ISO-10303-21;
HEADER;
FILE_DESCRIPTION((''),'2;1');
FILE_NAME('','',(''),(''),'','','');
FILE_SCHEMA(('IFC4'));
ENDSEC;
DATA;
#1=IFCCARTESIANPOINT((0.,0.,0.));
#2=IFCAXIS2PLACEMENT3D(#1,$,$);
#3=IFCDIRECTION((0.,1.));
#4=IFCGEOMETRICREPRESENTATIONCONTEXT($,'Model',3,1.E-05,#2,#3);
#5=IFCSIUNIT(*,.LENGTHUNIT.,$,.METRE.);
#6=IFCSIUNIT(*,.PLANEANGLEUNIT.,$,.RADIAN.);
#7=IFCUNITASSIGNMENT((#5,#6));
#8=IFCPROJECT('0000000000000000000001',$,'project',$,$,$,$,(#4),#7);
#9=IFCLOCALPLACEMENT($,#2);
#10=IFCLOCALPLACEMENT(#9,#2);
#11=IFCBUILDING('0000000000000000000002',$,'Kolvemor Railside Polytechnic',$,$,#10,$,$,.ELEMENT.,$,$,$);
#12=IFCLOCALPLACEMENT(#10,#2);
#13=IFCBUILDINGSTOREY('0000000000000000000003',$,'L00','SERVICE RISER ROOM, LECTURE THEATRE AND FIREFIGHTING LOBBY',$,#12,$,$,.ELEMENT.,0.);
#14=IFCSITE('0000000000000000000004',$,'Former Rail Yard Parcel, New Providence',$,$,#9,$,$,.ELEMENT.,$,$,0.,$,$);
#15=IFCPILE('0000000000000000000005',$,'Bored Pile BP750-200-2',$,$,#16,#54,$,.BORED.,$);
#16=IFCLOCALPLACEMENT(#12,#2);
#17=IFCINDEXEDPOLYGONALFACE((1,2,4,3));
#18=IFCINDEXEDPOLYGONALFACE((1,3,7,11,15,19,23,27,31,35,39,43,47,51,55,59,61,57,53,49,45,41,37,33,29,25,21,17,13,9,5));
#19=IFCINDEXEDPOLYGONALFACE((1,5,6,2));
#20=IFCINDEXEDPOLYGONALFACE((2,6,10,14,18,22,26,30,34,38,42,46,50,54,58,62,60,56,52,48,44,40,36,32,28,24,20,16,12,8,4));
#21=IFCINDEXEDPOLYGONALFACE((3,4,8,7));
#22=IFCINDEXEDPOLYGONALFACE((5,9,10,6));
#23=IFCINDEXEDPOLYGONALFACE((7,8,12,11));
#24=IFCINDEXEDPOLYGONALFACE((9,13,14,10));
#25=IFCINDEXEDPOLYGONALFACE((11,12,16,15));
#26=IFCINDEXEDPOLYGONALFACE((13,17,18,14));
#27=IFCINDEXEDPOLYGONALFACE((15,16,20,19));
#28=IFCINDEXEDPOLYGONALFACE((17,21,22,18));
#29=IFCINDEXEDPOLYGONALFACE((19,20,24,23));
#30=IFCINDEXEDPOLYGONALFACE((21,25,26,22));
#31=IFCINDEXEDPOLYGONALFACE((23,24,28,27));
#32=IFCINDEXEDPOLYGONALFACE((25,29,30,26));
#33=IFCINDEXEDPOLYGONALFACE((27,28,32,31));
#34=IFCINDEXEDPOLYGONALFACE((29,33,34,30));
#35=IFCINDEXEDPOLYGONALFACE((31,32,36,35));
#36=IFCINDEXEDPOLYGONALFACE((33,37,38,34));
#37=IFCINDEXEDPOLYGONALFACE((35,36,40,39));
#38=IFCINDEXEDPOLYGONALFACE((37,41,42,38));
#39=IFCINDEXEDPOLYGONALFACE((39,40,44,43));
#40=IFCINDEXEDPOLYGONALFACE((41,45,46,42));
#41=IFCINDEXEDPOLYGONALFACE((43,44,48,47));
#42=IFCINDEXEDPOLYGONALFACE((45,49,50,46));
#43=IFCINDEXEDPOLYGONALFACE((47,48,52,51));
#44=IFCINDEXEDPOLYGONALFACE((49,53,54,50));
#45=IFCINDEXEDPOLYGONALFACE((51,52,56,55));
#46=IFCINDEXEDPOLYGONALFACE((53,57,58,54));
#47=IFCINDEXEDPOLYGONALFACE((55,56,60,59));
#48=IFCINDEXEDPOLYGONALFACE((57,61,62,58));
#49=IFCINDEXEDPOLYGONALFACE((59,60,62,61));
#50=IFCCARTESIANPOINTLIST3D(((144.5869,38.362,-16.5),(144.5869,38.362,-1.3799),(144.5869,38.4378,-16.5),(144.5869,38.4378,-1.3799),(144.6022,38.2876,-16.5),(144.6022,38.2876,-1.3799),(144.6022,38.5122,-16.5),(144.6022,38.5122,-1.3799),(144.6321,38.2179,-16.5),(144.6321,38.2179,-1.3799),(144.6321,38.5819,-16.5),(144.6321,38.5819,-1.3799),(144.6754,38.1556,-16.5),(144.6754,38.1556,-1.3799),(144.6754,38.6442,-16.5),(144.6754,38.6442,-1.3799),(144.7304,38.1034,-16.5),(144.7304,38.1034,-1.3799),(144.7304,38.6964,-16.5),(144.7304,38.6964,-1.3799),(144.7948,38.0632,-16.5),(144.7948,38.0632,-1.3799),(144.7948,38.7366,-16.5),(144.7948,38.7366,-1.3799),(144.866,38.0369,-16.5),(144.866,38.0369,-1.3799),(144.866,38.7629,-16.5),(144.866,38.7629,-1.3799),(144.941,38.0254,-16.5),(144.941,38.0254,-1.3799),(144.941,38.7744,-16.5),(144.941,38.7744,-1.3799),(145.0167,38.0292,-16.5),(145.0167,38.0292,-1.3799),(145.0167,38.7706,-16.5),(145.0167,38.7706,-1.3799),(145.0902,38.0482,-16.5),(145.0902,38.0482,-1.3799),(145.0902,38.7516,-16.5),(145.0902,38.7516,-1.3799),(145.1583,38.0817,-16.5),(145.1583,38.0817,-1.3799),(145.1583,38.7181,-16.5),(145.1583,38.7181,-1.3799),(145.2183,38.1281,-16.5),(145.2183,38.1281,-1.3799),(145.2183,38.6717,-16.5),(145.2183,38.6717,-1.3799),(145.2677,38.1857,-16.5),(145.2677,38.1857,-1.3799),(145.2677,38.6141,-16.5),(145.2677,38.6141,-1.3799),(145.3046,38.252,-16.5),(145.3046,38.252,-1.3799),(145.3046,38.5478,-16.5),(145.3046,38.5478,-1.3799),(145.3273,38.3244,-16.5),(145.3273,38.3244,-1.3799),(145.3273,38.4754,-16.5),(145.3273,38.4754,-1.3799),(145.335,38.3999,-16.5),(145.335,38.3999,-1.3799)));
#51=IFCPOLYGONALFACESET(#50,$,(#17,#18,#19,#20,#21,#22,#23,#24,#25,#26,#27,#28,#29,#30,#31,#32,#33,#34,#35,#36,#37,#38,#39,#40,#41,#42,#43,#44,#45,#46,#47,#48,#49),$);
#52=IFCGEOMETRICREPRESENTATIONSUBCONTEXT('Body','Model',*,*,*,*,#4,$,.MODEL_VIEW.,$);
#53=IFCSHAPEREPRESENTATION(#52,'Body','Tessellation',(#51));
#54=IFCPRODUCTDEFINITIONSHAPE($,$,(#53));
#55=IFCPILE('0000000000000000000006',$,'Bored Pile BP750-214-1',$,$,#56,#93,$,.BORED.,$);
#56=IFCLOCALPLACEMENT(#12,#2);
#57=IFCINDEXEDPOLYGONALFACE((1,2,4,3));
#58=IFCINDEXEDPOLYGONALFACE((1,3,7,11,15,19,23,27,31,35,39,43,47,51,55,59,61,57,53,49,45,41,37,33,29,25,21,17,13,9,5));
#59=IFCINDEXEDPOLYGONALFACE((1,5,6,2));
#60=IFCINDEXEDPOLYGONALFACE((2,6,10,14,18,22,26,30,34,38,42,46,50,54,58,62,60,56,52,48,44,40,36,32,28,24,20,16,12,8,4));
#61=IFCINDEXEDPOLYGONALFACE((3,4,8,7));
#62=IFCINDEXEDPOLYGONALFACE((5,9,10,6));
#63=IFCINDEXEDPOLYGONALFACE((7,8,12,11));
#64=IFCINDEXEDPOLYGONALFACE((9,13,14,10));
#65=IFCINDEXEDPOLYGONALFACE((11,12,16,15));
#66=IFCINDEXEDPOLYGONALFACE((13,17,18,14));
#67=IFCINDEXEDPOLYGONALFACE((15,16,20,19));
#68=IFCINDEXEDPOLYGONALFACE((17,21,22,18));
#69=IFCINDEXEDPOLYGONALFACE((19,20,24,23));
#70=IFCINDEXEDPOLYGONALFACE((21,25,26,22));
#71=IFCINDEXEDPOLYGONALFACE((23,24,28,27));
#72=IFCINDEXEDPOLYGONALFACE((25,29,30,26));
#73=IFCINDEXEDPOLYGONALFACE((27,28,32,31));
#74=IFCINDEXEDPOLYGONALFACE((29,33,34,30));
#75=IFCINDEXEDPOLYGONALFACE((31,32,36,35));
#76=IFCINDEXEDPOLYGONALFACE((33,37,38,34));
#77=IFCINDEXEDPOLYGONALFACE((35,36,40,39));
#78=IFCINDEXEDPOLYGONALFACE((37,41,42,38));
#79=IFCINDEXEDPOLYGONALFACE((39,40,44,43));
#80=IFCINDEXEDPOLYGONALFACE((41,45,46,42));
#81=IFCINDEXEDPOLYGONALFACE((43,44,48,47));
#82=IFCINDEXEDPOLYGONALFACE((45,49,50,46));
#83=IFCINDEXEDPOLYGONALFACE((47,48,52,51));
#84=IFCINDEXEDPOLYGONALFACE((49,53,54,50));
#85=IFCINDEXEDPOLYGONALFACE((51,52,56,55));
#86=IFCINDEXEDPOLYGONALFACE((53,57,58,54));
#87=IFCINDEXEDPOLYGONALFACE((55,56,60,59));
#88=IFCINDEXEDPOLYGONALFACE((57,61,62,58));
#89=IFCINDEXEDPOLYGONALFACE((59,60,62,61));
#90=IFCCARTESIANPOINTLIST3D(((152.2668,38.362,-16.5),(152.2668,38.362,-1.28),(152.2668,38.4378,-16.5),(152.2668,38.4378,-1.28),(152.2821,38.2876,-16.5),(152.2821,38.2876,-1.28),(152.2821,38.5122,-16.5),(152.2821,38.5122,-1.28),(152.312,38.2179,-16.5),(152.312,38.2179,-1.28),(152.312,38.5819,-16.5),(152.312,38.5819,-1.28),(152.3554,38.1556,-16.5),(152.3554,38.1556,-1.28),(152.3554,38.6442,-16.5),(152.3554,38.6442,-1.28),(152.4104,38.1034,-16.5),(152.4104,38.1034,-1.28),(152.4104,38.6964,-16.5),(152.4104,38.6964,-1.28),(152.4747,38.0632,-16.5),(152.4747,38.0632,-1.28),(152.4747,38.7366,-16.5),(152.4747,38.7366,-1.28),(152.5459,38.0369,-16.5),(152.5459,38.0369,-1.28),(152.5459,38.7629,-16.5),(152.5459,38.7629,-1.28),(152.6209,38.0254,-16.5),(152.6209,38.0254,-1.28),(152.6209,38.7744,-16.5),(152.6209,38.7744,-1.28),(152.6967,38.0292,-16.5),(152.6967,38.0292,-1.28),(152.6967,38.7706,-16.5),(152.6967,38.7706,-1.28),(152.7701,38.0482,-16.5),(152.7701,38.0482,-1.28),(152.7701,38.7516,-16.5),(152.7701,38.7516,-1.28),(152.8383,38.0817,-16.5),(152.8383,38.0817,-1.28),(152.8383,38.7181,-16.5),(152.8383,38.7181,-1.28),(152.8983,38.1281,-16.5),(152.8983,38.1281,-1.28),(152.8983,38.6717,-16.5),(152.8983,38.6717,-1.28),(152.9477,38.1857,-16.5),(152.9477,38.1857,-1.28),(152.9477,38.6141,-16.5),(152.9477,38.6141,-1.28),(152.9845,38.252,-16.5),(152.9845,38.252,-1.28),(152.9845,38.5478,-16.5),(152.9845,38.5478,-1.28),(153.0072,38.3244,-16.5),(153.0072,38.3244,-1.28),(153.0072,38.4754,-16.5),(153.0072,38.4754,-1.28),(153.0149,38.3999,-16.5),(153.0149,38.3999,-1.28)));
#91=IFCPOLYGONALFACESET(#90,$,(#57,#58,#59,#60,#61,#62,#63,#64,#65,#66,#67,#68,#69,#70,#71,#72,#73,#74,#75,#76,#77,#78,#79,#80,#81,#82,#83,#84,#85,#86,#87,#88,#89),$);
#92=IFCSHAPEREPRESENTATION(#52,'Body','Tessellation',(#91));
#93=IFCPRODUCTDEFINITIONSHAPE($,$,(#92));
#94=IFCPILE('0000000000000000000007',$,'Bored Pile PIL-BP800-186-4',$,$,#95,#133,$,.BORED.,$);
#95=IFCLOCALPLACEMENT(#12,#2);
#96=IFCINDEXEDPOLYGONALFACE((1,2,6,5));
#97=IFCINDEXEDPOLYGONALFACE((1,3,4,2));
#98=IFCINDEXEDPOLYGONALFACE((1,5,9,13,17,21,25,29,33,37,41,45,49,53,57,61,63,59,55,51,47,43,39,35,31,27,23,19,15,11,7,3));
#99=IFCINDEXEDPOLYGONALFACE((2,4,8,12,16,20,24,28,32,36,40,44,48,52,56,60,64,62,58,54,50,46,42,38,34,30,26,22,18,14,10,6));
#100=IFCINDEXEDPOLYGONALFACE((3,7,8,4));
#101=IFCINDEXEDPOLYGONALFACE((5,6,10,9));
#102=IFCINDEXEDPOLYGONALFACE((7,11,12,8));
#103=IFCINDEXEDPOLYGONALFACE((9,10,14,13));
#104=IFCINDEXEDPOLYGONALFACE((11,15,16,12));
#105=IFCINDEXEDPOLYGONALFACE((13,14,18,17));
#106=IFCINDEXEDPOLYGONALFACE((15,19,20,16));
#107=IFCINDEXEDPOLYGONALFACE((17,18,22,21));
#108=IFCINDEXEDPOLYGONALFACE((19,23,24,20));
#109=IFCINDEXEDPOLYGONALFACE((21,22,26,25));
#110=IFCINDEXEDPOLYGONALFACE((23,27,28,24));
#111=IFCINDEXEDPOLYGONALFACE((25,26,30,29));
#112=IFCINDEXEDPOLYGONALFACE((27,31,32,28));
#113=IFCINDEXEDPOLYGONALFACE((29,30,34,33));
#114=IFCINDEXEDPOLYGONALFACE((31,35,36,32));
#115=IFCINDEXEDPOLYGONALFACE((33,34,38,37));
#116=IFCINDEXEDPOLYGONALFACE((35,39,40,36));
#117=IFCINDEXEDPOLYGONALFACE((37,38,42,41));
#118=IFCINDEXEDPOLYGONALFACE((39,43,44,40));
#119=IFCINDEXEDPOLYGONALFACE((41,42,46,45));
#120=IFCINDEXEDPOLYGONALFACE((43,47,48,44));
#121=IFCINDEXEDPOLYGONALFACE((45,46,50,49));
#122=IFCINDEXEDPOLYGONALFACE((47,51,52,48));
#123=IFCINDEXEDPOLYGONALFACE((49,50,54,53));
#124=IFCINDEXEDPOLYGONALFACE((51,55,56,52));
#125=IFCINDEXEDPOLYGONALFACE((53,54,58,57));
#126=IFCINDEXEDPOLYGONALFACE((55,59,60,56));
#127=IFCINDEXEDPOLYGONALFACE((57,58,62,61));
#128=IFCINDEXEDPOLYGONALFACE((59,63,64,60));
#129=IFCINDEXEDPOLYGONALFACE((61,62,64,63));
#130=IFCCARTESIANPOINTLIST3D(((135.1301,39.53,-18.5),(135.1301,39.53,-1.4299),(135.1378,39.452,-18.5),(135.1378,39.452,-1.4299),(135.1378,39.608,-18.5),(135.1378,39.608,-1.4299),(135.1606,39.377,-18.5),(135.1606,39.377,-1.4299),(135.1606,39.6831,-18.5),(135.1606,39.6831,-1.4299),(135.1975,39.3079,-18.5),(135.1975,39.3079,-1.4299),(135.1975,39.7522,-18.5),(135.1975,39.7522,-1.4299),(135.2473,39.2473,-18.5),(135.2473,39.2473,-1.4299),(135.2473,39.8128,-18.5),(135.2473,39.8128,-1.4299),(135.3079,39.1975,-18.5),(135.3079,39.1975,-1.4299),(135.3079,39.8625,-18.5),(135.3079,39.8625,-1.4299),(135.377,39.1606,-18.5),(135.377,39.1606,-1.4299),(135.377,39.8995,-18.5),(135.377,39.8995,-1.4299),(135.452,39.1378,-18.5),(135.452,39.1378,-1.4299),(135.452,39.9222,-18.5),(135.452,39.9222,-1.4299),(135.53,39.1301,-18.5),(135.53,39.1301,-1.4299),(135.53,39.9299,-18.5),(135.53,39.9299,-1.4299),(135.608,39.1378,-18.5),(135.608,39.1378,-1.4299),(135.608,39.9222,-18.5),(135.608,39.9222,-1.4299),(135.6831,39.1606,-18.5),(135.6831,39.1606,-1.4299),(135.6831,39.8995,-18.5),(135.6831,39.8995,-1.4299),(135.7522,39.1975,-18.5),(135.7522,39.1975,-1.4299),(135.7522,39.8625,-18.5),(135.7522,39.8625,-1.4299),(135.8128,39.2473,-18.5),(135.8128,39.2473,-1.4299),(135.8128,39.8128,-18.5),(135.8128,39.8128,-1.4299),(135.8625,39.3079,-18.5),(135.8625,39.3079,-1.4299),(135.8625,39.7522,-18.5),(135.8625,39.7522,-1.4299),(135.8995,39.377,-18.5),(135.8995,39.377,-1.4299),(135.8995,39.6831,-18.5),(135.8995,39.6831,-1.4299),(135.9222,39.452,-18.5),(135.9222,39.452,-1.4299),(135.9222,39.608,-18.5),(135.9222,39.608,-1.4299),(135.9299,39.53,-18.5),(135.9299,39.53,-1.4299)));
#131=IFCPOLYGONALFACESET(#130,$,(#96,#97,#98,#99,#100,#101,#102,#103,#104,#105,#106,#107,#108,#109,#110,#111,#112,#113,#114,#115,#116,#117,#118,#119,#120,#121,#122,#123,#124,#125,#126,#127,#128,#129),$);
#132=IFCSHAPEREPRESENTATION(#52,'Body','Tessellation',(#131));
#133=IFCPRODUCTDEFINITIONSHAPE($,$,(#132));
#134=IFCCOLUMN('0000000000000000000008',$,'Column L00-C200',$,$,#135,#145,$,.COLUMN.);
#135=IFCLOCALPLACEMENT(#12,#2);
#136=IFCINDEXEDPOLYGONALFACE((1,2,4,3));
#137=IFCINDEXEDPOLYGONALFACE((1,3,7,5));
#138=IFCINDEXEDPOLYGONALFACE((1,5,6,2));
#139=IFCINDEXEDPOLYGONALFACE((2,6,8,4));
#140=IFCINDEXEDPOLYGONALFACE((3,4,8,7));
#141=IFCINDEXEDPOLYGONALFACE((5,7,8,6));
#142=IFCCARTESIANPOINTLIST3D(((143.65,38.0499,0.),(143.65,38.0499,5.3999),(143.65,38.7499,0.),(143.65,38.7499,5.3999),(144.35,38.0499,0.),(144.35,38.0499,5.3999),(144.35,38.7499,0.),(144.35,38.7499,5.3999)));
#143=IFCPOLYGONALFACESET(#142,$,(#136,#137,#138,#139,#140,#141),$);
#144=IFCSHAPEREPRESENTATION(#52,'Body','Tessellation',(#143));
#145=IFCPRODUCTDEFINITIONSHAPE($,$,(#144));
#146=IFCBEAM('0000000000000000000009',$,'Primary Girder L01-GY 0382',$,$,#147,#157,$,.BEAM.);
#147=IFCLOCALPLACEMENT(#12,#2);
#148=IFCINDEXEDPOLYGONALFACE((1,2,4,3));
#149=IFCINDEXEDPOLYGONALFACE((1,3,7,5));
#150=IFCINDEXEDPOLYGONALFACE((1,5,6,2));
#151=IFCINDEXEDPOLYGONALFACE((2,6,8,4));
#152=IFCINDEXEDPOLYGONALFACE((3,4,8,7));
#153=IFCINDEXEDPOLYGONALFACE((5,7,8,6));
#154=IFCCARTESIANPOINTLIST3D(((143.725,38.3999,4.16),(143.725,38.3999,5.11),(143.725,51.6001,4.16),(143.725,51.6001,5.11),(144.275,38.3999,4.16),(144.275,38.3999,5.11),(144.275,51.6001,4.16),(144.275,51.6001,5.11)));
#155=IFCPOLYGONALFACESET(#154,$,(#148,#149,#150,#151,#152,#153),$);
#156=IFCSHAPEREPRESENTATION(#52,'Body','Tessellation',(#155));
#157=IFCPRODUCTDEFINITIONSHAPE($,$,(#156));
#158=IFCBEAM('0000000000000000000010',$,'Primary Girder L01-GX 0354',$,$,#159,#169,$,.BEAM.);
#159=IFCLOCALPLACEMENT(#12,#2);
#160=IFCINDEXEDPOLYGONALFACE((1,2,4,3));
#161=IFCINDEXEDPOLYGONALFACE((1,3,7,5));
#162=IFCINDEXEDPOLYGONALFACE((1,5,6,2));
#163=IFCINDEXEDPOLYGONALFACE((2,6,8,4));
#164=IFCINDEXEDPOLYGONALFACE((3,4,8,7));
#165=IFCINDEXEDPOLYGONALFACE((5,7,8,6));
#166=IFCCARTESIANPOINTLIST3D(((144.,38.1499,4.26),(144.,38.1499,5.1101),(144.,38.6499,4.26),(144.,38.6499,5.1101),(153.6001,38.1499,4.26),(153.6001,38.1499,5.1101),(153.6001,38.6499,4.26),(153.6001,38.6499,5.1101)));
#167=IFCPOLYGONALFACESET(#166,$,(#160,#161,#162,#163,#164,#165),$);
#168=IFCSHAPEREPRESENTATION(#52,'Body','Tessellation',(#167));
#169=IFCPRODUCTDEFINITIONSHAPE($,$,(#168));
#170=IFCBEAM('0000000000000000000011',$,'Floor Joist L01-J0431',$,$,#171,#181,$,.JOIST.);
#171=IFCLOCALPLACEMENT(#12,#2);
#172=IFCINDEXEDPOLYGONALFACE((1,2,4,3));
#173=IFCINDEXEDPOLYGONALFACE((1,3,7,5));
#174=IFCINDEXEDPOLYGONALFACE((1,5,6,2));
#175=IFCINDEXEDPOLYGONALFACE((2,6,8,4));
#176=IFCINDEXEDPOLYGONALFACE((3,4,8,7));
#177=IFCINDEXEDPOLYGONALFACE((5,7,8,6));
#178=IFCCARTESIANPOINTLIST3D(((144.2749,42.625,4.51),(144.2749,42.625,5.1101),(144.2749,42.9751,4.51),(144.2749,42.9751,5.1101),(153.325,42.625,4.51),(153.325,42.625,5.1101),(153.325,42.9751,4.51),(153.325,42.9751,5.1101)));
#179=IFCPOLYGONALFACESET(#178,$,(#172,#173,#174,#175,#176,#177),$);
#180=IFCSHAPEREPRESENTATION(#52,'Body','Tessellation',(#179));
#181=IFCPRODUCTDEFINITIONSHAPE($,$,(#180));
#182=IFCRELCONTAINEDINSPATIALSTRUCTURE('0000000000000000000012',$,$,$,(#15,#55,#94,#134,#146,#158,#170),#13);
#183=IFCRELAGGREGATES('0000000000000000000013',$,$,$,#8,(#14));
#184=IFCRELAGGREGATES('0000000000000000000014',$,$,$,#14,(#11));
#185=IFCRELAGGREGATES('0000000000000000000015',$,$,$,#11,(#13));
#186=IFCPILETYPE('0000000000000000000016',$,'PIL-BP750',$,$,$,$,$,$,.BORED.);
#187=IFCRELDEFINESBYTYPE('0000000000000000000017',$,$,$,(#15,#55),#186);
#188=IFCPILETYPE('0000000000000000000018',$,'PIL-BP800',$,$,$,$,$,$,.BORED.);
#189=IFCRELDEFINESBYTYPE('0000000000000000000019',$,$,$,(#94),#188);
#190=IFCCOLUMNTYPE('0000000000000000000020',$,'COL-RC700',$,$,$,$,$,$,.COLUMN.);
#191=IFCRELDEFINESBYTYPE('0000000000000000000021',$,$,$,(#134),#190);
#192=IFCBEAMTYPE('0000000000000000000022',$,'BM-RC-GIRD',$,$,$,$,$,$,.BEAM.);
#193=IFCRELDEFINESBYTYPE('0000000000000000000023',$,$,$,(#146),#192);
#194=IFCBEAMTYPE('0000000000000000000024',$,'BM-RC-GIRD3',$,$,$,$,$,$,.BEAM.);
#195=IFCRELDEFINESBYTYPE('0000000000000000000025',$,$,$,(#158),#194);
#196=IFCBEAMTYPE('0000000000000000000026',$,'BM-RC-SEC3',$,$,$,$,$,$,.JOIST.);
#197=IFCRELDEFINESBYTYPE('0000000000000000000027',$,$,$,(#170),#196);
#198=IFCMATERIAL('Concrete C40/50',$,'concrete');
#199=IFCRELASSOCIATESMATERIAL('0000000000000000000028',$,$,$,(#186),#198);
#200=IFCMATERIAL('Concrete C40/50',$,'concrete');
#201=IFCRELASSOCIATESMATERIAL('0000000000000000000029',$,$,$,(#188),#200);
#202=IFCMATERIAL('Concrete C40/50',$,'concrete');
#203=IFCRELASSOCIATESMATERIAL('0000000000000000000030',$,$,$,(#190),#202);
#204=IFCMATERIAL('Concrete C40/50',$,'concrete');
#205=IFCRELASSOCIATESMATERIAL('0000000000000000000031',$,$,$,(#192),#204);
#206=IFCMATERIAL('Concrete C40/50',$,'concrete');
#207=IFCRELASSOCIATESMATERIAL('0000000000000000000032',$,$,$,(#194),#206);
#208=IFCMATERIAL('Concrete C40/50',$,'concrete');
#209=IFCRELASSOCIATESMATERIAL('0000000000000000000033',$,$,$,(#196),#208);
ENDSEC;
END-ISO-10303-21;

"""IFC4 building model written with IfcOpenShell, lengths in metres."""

from ifc_helpers import new_model, si_unit, direction, frame, origin, origin_2d, place, context, subcontext, project, spatial, rectangle, circle, extrude, material, material_profile, profile_set, type_object, element, save


model = new_model("IFC4")

# Units and contexts
model_context = context("Model", 3, precision=1e-05, world=origin(), true_north=direction((0.0, 1.0)))
body_context = subcontext(model_context, "Body", "Model", "MODEL_VIEW")
ifc_project = project(units=[si_unit("LENGTHUNIT", "METRE"), si_unit("PLANEANGLEUNIT", "RADIAN")], contexts=[model_context])

# Site, building, storey
site_placement = place(None, origin())
site = spatial("IfcSite", under=ifc_project, at=site_placement, Name="Former Rail Yard Parcel, New Providence", CompositionType="ELEMENT", RefElevation=0.0)
building_placement = place(site_placement, origin())
building = spatial("IfcBuilding", under=site, at=building_placement, Name="Kolvemor Railside Polytechnic", CompositionType="ELEMENT")
storey_placement = place(building_placement, origin())
storey = spatial("IfcBuildingStorey", under=building, at=storey_placement, Name="L00", Description="SERVICE RISER ROOM, LECTURE THEATRE AND FIREFIGHTING LOBBY", CompositionType="ELEMENT", Elevation=0.0)

# Piles
ifc_material_1 = material(Name="Concrete C40/50", Category="concrete")
ifc_material_profile_1 = material_profile(ifc_material_1, circle(Radius=0.375, at=origin_2d()), Name="BP750")
ifc_profile_set_1 = profile_set([ifc_material_profile_1], Name="Concrete C40/50")
pile_type_1 = type_object("IfcPileType", Name="PIL-BP750", PredefinedType="BORED", material=ifc_profile_set_1)
pile_1_placement = place(storey_placement, frame((144.96, 38.3999, -1.3799), z_axis=(0.0, 0.0, -1.0), x_axis=(1.0, 0.0, 0.0)))
element("IfcPile", 1, at=pile_1_placement, inside=storey, type_object=pile_type_1, Name="Bored Pile BP750-200-2", PredefinedType="BORED", context=body_context, shape_type="SweptSolid", body=[
    extrude(circle(Radius=0.375, at=origin_2d()), origin(), (0.0, 0.0, 1.0), 15.1201),
])
pile_2_placement = place(storey_placement, frame((152.6399, 38.3999, -1.28), z_axis=(0.0, 0.0, -1.0), x_axis=(1.0, 0.0, 0.0)))
element("IfcPile", 2, at=pile_2_placement, inside=storey, type_object=pile_type_1, Name="Bored Pile BP750-214-1", PredefinedType="BORED", context=body_context, shape_type="SweptSolid", body=[
    extrude(circle(Radius=0.375, at=origin_2d()), origin(), (0.0, 0.0, 1.0), 15.22),
])
ifc_material_2 = material(Name="Concrete C40/50", Category="concrete")
ifc_material_profile_2 = material_profile(ifc_material_2, circle(Radius=0.3999, at=origin_2d()), Name="BP800")
ifc_profile_set_2 = profile_set([ifc_material_profile_2], Name="Concrete C40/50")
pile_type_2 = type_object("IfcPileType", Name="PIL-BP800", PredefinedType="BORED", material=ifc_profile_set_2)
pile_3_placement = place(storey_placement, frame((135.53, 39.53, -1.4299), z_axis=(0.0, 0.0, -1.0), x_axis=(1.0, 0.0, 0.0)))
element("IfcPile", 3, at=pile_3_placement, inside=storey, type_object=pile_type_2, Name="Bored Pile PIL-BP800-186-4", PredefinedType="BORED", context=body_context, shape_type="SweptSolid", body=[
    extrude(circle(Radius=0.3999, at=origin_2d()), origin(), (0.0, 0.0, 1.0), 17.0701),
])

# Column
ifc_material_3 = material(Name="Concrete C40/50", Category="concrete")
ifc_material_profile_3 = material_profile(ifc_material_3, rectangle(XDim=0.7, YDim=0.7, at=origin_2d()), Name="RC700x700")
ifc_profile_set_3 = profile_set([ifc_material_profile_3], Name="Concrete C40/50")
column_type = type_object("IfcColumnType", Name="COL-RC700", PredefinedType="COLUMN", material=ifc_profile_set_3)
column_placement = place(storey_placement, frame((144.0, 38.3999, 0.0), z_axis=(0.0, 0.0, 1.0), x_axis=(1.0, 0.0, 0.0)))
element("IfcColumn", 4, at=column_placement, inside=storey, type_object=column_type, Name="Column L00-C200", PredefinedType="COLUMN", context=body_context, shape_type="SweptSolid", body=[
    extrude(rectangle(XDim=0.7, YDim=0.7, at=origin_2d()), origin(), (0.0, 0.0, 1.0), 5.3999),
])

# Beams
ifc_material_4 = material(Name="Concrete C40/50", Category="concrete")
ifc_material_profile_4 = material_profile(ifc_material_4, rectangle(XDim=0.55, YDim=0.95, at=origin_2d()), Name="RC550x950")
ifc_profile_set_4 = profile_set([ifc_material_profile_4], Name="Concrete C40/50")
beam_type_1 = type_object("IfcBeamType", Name="BM-RC-GIRD", PredefinedType="BEAM", material=ifc_profile_set_4)
beam_1_placement = place(storey_placement, frame((144.0, 38.3999, 4.635), z_axis=(0.0, 1.0, 0.0), x_axis=(-1.0, 0.0, 0.0)))
element("IfcBeam", 5, at=beam_1_placement, inside=storey, type_object=beam_type_1, Name="Primary Girder L01-GY 0382", PredefinedType="BEAM", context=body_context, shape_type="SweptSolid", body=[
    extrude(rectangle(XDim=0.55, YDim=0.95, at=origin_2d()), origin(), (0.0, 0.0, 1.0), 13.2002),
])
ifc_material_5 = material(Name="Concrete C40/50", Category="concrete")
ifc_material_profile_5 = material_profile(ifc_material_5, rectangle(XDim=0.5, YDim=0.8501, at=origin_2d()), Name="RC500x850")
ifc_profile_set_5 = profile_set([ifc_material_profile_5], Name="Concrete C40/50")
beam_type_2 = type_object("IfcBeamType", Name="BM-RC-GIRD3", PredefinedType="BEAM", material=ifc_profile_set_5)
beam_2_placement = place(storey_placement, frame((144.0, 38.3999, 4.6851), z_axis=(1.0, 0.0, 0.0), x_axis=(0.0, 1.0, 0.0)))
element("IfcBeam", 6, at=beam_2_placement, inside=storey, type_object=beam_type_2, Name="Primary Girder L01-GX 0354", PredefinedType="BEAM", context=body_context, shape_type="SweptSolid", body=[
    extrude(rectangle(XDim=0.5, YDim=0.8501, at=origin_2d()), origin(), (0.0, 0.0, 1.0), 9.6001),
])
ifc_material_6 = material(Name="Concrete C40/50", Category="concrete")
ifc_material_profile_6 = material_profile(ifc_material_6, rectangle(XDim=0.3501, YDim=0.6001, at=origin_2d()), Name="RC350x600")
ifc_profile_set_6 = profile_set([ifc_material_profile_6], Name="Concrete C40/50")
beam_type_3 = type_object("IfcBeamType", Name="BM-RC-SEC3", PredefinedType="JOIST", material=ifc_profile_set_6)
beam_3_placement = place(storey_placement, frame((144.2749, 42.8, 4.8101), z_axis=(1.0, 0.0, 0.0), x_axis=(0.0, 1.0, 0.0)))
element("IfcBeam", 7, at=beam_3_placement, inside=storey, type_object=beam_type_3, Name="Floor Joist L01-J0431", PredefinedType="JOIST", context=body_context, shape_type="SweptSolid", body=[
    extrude(rectangle(XDim=0.3501, YDim=0.6001, at=origin_2d()), origin(), (0.0, 0.0, 1.0), 9.05),
])

save(model, "model.ifc")
